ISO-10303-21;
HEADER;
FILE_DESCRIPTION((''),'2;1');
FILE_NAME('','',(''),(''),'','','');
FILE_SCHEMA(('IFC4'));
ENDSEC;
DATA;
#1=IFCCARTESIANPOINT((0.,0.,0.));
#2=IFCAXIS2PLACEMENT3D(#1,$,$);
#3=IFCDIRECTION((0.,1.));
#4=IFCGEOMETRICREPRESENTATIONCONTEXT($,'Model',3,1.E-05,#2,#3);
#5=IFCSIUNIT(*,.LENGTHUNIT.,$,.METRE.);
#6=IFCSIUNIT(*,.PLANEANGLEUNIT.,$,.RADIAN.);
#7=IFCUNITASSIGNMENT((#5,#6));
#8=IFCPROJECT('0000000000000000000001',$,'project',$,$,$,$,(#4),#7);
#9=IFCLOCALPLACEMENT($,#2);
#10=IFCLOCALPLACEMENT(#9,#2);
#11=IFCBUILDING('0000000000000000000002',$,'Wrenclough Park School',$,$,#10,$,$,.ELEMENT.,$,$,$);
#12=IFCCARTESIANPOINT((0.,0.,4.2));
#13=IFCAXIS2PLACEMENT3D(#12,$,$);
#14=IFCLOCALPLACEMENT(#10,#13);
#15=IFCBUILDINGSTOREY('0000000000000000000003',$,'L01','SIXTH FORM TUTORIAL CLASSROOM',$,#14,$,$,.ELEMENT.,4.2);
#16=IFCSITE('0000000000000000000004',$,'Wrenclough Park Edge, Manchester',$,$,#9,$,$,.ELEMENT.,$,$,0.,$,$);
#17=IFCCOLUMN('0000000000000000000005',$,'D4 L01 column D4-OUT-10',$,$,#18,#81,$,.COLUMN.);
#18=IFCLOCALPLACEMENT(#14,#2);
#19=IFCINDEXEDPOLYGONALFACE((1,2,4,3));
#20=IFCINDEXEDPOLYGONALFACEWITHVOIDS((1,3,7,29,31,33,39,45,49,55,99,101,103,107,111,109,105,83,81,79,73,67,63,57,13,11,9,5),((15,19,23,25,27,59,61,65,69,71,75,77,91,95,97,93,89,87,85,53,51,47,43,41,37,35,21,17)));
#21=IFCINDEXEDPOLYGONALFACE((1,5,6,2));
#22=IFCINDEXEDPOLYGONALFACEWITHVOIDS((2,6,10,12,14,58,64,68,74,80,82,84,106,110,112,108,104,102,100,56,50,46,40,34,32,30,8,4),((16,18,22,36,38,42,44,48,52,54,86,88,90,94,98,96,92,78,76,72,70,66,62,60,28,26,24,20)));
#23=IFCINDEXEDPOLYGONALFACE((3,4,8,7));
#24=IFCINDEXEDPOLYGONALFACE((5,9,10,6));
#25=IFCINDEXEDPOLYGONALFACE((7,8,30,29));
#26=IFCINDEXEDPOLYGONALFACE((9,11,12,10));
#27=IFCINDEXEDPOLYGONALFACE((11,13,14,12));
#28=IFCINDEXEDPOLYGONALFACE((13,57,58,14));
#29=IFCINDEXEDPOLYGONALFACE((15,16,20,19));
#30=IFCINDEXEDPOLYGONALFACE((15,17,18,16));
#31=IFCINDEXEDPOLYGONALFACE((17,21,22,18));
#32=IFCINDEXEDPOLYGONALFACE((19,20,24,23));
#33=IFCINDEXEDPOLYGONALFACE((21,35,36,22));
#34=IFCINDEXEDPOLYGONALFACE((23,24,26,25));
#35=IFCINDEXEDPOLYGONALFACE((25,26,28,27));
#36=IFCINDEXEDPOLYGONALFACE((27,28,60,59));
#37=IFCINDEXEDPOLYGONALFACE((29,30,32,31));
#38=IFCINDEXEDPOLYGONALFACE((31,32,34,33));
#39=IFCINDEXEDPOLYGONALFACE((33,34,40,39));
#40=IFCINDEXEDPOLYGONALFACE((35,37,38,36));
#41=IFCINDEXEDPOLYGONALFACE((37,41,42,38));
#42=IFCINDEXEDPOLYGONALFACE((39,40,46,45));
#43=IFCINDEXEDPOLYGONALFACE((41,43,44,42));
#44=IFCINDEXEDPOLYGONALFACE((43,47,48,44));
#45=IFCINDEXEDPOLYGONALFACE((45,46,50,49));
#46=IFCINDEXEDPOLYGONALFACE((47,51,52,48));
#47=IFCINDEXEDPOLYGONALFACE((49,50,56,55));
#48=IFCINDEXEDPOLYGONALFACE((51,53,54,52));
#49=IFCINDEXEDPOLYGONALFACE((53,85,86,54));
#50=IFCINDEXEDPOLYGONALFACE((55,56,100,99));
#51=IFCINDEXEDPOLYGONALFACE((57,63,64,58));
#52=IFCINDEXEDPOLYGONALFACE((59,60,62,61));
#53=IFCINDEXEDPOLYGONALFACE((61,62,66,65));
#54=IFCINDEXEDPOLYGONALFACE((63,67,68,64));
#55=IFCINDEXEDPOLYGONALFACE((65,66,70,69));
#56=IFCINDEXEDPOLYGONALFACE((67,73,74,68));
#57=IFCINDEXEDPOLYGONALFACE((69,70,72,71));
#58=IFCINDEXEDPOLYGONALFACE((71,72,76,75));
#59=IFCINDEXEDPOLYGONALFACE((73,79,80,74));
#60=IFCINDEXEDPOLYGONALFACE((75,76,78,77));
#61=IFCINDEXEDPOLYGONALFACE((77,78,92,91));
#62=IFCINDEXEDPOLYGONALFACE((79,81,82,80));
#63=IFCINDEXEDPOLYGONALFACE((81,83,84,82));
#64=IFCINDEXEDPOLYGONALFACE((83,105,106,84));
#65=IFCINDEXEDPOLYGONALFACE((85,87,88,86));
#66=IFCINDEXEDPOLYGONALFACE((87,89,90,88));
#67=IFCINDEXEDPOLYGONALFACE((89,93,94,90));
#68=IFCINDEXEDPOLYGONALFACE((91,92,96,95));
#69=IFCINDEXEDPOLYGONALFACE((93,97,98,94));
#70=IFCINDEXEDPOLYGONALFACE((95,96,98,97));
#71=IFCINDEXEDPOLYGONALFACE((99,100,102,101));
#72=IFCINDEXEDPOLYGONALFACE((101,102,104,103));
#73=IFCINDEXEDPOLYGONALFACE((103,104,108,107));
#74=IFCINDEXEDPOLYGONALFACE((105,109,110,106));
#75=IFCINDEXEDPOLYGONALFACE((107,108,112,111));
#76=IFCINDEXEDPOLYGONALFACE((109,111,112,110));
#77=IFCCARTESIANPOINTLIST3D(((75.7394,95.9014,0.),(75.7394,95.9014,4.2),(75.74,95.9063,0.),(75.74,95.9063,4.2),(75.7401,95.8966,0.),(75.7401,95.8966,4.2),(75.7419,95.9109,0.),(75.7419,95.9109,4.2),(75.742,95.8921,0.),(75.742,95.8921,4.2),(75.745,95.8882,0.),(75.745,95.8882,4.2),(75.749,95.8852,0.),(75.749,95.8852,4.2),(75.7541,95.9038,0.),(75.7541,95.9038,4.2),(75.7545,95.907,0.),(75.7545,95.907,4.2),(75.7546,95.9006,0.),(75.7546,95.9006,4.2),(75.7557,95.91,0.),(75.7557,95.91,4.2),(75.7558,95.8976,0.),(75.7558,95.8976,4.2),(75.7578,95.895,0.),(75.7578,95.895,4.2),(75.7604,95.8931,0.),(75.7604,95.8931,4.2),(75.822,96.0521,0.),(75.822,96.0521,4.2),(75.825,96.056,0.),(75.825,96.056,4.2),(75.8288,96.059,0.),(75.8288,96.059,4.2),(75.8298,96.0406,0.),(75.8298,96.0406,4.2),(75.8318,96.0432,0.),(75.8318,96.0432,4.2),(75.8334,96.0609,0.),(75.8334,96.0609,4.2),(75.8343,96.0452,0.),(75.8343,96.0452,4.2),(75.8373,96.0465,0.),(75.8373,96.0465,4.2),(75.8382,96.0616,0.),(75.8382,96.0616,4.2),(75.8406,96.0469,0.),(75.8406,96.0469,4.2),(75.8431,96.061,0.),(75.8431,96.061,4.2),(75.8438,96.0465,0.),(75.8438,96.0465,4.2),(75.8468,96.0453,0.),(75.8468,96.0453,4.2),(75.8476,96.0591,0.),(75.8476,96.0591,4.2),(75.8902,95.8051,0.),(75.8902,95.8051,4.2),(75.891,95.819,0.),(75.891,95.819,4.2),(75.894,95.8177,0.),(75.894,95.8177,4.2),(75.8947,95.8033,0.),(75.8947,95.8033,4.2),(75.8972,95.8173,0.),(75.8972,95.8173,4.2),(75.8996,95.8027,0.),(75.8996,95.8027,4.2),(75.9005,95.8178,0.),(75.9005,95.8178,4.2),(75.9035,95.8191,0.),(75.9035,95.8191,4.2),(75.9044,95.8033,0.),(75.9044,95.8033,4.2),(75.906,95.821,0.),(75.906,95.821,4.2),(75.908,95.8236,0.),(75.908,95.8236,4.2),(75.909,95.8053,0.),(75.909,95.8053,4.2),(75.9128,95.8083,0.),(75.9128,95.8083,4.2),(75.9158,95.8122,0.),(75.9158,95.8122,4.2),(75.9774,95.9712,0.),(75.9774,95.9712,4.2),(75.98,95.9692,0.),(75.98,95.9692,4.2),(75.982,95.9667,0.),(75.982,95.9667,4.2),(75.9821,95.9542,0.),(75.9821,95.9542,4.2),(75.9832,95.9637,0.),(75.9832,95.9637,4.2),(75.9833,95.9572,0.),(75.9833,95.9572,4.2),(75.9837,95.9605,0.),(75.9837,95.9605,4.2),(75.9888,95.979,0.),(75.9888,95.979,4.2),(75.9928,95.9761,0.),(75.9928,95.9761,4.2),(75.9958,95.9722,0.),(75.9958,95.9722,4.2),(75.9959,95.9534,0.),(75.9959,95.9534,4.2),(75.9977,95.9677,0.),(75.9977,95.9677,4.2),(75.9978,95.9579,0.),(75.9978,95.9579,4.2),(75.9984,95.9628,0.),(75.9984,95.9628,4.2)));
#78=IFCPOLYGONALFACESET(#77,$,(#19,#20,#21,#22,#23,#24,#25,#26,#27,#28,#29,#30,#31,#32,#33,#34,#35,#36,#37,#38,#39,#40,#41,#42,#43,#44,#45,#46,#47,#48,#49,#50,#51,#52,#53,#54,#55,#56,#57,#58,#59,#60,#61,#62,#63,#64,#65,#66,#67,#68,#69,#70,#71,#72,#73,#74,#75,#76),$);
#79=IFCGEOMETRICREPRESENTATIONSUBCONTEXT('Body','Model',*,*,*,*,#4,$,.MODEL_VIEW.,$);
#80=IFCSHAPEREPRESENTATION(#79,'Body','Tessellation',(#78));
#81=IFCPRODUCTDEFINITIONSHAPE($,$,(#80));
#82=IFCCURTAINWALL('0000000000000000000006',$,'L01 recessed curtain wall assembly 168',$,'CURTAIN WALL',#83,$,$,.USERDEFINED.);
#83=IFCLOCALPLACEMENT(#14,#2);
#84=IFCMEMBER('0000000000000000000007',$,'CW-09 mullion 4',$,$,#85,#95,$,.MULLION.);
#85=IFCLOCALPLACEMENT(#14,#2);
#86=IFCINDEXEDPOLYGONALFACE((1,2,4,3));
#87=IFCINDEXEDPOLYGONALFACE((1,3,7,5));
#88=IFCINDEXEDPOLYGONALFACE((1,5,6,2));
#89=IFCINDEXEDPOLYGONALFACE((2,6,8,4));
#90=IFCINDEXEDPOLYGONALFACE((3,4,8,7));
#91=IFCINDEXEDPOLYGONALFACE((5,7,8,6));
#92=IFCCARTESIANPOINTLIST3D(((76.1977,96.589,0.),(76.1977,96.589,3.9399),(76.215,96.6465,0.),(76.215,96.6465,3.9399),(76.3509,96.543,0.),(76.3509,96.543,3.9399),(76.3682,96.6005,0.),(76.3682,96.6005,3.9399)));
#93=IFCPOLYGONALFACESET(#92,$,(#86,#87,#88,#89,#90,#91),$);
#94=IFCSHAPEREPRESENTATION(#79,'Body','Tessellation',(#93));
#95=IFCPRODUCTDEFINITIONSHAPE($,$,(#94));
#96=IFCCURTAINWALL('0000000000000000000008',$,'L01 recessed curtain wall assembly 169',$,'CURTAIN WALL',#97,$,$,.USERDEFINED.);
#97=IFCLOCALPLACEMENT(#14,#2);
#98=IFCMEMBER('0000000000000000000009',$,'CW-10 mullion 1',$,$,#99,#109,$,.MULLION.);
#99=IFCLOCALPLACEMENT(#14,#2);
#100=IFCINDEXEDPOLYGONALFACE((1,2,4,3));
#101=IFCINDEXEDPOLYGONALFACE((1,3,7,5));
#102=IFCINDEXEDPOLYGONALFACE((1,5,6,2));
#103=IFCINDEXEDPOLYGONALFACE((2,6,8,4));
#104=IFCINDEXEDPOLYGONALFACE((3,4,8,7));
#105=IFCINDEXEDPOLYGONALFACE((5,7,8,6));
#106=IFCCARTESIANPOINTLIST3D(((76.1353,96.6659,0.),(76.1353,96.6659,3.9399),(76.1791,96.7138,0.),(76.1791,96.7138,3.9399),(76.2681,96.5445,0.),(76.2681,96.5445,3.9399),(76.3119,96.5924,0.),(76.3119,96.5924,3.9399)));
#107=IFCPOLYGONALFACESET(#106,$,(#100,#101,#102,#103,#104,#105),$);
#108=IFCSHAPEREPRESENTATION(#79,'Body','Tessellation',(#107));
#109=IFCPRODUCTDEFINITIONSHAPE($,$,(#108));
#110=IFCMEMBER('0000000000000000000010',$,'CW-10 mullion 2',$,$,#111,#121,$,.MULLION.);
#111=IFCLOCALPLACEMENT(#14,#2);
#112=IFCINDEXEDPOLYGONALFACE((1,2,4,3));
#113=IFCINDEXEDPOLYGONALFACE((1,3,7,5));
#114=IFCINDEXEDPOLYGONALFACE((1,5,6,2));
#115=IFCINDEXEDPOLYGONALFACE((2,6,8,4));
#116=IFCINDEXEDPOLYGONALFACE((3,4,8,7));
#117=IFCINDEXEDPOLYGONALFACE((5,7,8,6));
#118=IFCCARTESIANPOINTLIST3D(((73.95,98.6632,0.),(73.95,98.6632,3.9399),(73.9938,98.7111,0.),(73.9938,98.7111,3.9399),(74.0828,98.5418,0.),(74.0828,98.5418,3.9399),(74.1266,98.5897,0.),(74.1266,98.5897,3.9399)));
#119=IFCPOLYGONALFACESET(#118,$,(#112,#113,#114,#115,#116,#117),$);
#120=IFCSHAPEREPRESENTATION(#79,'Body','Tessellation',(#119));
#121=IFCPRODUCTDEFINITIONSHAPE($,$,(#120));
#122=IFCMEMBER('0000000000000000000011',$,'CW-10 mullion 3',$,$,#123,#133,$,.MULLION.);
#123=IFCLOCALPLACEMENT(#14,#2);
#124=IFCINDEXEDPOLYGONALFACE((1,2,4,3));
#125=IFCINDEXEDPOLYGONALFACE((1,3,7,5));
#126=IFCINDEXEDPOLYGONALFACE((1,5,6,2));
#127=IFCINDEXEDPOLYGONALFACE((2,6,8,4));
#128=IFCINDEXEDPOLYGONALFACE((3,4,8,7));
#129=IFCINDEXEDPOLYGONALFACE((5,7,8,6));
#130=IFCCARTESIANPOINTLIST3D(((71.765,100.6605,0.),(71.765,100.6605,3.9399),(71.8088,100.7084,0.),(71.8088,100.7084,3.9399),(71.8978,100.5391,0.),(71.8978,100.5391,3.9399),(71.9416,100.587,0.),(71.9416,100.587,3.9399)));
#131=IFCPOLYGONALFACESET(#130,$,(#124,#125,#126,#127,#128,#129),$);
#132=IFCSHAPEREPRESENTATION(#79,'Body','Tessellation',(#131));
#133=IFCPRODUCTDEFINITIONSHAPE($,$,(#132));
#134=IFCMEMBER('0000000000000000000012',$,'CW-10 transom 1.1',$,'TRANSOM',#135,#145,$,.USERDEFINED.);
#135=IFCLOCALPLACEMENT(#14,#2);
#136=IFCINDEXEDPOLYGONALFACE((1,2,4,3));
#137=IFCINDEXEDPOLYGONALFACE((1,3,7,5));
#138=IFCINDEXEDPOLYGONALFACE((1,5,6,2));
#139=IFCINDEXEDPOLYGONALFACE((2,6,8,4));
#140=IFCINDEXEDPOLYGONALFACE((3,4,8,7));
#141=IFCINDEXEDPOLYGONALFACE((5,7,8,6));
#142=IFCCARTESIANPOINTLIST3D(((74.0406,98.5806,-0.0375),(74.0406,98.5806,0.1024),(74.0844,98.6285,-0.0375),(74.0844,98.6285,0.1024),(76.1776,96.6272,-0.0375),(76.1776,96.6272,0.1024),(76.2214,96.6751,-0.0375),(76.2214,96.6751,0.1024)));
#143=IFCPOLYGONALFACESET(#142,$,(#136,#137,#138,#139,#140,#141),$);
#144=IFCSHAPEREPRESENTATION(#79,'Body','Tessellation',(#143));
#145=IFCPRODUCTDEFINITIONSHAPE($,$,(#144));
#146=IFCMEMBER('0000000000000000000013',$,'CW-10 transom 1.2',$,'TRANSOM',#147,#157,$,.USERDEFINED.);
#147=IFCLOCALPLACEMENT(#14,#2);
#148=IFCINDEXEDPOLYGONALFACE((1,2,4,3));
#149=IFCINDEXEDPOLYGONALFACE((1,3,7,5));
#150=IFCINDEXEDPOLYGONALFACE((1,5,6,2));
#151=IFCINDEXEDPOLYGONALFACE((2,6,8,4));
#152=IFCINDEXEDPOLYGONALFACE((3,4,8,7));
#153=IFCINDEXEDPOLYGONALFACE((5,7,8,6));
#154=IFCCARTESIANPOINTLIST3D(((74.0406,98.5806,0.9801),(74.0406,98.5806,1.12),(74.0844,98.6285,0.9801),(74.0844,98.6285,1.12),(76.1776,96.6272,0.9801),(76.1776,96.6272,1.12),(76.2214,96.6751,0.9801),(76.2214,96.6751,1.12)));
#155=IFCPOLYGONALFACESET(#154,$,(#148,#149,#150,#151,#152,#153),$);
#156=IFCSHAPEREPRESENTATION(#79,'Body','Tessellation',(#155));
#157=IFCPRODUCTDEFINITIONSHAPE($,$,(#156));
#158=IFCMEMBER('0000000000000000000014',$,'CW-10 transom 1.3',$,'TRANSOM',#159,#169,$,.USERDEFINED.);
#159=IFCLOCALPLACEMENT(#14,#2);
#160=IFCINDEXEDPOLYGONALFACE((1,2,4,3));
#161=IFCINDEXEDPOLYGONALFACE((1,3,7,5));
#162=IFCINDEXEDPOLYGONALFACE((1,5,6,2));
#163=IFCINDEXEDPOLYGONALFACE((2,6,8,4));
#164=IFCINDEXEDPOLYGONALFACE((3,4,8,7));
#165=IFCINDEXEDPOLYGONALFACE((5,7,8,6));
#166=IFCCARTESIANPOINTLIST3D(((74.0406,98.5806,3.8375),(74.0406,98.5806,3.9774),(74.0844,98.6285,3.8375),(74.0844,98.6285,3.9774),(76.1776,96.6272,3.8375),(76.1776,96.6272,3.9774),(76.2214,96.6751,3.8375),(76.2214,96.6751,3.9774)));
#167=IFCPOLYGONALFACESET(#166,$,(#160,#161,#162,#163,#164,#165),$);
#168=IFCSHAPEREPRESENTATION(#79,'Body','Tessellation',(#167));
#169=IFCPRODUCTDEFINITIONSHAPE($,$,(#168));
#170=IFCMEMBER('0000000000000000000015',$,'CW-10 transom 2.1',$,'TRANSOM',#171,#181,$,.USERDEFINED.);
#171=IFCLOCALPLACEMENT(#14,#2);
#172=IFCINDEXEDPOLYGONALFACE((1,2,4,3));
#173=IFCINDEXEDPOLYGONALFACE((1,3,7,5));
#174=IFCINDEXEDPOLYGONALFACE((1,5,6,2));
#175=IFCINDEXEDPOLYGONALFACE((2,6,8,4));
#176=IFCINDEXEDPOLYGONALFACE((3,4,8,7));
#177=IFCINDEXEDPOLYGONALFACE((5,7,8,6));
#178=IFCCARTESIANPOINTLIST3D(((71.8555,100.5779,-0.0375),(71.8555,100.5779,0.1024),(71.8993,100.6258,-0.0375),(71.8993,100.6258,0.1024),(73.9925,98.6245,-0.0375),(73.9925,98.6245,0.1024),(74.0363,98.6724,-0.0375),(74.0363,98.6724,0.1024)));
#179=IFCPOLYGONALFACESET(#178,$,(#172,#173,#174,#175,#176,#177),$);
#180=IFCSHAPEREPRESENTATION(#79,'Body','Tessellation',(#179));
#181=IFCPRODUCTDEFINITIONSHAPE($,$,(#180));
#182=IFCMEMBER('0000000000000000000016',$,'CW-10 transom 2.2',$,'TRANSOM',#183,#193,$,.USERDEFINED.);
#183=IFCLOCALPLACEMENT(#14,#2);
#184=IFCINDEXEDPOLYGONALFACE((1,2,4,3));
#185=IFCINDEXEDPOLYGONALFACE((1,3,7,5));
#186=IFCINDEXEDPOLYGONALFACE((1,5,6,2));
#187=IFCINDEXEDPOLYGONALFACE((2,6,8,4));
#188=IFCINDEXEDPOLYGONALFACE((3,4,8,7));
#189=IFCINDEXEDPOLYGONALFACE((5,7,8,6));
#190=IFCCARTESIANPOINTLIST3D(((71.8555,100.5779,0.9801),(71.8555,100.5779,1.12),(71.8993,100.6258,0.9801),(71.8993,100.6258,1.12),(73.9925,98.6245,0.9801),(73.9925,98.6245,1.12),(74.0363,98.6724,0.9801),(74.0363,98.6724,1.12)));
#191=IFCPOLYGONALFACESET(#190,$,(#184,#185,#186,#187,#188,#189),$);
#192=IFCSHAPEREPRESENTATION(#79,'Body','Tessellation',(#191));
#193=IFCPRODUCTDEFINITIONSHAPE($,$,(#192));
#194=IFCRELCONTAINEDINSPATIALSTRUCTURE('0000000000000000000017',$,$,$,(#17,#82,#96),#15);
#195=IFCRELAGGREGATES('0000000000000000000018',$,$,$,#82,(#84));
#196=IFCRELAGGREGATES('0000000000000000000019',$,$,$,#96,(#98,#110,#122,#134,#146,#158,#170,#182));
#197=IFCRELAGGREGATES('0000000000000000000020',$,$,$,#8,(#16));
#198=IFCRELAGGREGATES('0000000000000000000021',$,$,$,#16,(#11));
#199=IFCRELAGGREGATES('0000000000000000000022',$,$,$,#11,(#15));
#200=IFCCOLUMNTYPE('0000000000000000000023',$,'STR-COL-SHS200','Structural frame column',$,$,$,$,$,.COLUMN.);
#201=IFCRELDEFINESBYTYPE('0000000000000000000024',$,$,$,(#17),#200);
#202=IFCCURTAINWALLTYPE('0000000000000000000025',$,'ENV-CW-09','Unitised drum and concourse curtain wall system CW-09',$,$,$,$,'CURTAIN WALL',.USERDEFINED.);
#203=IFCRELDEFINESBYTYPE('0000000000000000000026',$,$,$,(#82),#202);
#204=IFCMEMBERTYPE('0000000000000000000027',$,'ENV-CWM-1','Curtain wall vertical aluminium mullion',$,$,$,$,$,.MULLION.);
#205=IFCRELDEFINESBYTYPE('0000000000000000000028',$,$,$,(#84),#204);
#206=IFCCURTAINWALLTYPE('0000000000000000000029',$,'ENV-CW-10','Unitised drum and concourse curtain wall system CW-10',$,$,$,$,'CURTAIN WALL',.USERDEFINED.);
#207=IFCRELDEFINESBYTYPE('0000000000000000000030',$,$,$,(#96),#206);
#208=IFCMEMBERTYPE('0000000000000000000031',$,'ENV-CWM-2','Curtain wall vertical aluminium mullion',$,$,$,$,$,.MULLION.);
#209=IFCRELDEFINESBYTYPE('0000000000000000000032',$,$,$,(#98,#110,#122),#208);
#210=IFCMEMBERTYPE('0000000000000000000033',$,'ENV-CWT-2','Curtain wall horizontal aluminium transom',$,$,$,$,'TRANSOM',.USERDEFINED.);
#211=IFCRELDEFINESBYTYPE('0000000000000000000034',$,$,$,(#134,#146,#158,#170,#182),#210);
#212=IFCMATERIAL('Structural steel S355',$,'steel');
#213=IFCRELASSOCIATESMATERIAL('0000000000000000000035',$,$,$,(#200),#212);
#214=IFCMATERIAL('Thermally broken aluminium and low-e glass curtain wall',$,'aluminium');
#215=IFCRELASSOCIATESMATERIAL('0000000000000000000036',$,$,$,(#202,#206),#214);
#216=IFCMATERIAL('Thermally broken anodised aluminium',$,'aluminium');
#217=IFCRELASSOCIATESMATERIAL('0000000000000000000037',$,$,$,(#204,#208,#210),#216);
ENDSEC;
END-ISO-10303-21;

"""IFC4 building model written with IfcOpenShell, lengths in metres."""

from ifc_helpers import new_model, si_unit, direction, frame, origin, origin_2d, place, context, subcontext, project, spatial, rectangle, hollow_rectangle, extrude, material, material_profile, profile_set, type_object, element, aggregate, save


model = new_model("IFC4")

# Units and contexts
model_context = context("Model", 3, precision=1e-05, world=origin(), true_north=direction((0.0, 1.0)))
body_context = subcontext(model_context, "Body", "Model", "MODEL_VIEW")
ifc_project = project(units=[si_unit("LENGTHUNIT", "METRE"), si_unit("PLANEANGLEUNIT", "RADIAN")], contexts=[model_context])

# Site, building, storey
site_placement = place(None, origin())
site = spatial("IfcSite", under=ifc_project, at=site_placement, Name="Wrenclough Park Edge, Manchester", CompositionType="ELEMENT", RefElevation=0.0)
building_placement = place(site_placement, origin())
building = spatial("IfcBuilding", under=site, at=building_placement, Name="Wrenclough Park School", CompositionType="ELEMENT")
storey_placement = place(building_placement, frame((0.0, 0.0, 4.2)))
storey = spatial("IfcBuildingStorey", under=building, at=storey_placement, Name="L01", Description="SIXTH FORM TUTORIAL CLASSROOM", CompositionType="ELEMENT", Elevation=4.2)

# Column
ifc_material_1 = material(Name="Structural steel S355", Category="steel")
ifc_material_profile_1 = material_profile(ifc_material_1, hollow_rectangle(XDim=0.2, YDim=0.2, WallThickness=0.0125, InnerFilletRadius=0.0125, OuterFilletRadius=0.0188, at=origin_2d()), Name="SHS 200x200x12.5")
ifc_profile_set_1 = profile_set([ifc_material_profile_1], Name="Structural steel S355")
column_type = type_object("IfcColumnType", Name="STR-COL-SHS200", Description="Structural frame column", PredefinedType="COLUMN", material=ifc_profile_set_1)
column_placement = place(storey_placement, frame((75.8689, 95.9321, 0.0), z_axis=(0.0, 0.0, 1.0), x_axis=(0.869753, -0.493487, 0.0)))
element("IfcColumn", 1, at=column_placement, inside=storey, type_object=column_type, Name="D4 L01 column D4-OUT-10", PredefinedType="COLUMN", context=body_context, shape_type="SweptSolid", body=[
    extrude(hollow_rectangle(XDim=0.2, YDim=0.2, WallThickness=0.0125, InnerFilletRadius=0.0125, OuterFilletRadius=0.0188, at=origin_2d()), origin(), (0.0, 0.0, 1.0), 4.2),
])

# Curtain wall, member
ifc_material_2 = material(Name="Thermally broken aluminium and low-e glass curtain wall", Category="aluminium")
curtain_wall_type_1 = type_object("IfcCurtainWallType", Name="ENV-CW-09", Description="Unitised drum and concourse curtain wall system CW-09", ElementType="CURTAIN WALL", PredefinedType="USERDEFINED", material=ifc_material_2)
curtain_wall_1_placement = place(storey_placement, origin())
curtain_wall_1 = element("IfcCurtainWall", 2, at=curtain_wall_1_placement, inside=storey, type_object=curtain_wall_type_1, Name="L01 recessed curtain wall assembly 168", ObjectType="CURTAIN WALL", PredefinedType="USERDEFINED")
ifc_material_3 = material(Name="Thermally broken anodised aluminium", Category="aluminium")
ifc_material_profile_2 = material_profile(ifc_material_3, rectangle(XDim=0.0601, YDim=0.1599, at=origin_2d()), Name="AL MULLION 60x160")
ifc_profile_set_2 = profile_set([ifc_material_profile_2], Name="Thermally broken anodised aluminium")
member_type_1 = type_object("IfcMemberType", Name="ENV-CWM-1", Description="Curtain wall vertical aluminium mullion", PredefinedType="MULLION", material=ifc_profile_set_2)
member_1_placement = place(storey_placement, frame((76.283, 96.5947, 0.0), z_axis=(0.0, 0.0, 1.0), x_axis=(-0.287583, -0.957756, 0.0)))
member_1 = element("IfcMember", 3, at=member_1_placement, type_object=member_type_1, Name="CW-09 mullion 4", PredefinedType="MULLION", context=body_context, shape_type="SweptSolid", body=[
    extrude(rectangle(XDim=0.0601, YDim=0.1599, at=origin_2d()), origin(), (0.0, 0.0, 1.0), 3.9399),
])

# Curtain wall, members
curtain_wall_type_2 = type_object("IfcCurtainWallType", Name="ENV-CW-10", Description="Unitised drum and concourse curtain wall system CW-10", ElementType="CURTAIN WALL", PredefinedType="USERDEFINED", material=ifc_material_2)
curtain_wall_2_placement = place(storey_placement, origin())
curtain_wall_2 = element("IfcCurtainWall", 4, at=curtain_wall_2_placement, inside=storey, type_object=curtain_wall_type_2, Name="L01 recessed curtain wall assembly 169", ObjectType="CURTAIN WALL", PredefinedType="USERDEFINED")
ifc_material_profile_3 = material_profile(ifc_material_3, rectangle(XDim=0.0649, YDim=0.1799, at=origin_2d()), Name="AL MULLION 65x180")
ifc_profile_set_3 = profile_set([ifc_material_profile_3], Name="Thermally broken anodised aluminium")
member_type_2 = type_object("IfcMemberType", Name="ENV-CWM-2", Description="Curtain wall vertical aluminium mullion", PredefinedType="MULLION", material=ifc_profile_set_3)
member_2_placement = place(storey_placement, frame((76.2236, 96.6292, 0.0), z_axis=(0.0, 0.0, 1.0), x_axis=(-0.674669, -0.738121, 0.0)))
member_2 = element("IfcMember", 5, at=member_2_placement, type_object=member_type_2, Name="CW-10 mullion 1", PredefinedType="MULLION", context=body_context, shape_type="SweptSolid", body=[
    extrude(rectangle(XDim=0.0649, YDim=0.1799, at=origin_2d()), origin(), (0.0, 0.0, 1.0), 3.9399),
])
member_3_placement = place(storey_placement, frame((74.0383, 98.6265, 0.0), z_axis=(0.0, 0.0, 1.0), x_axis=(-0.674669, -0.738121, 0.0)))
member_3 = element("IfcMember", 6, at=member_3_placement, type_object=member_type_2, Name="CW-10 mullion 2", PredefinedType="MULLION", context=body_context, shape_type="SweptSolid", body=[
    extrude(rectangle(XDim=0.0649, YDim=0.1799, at=origin_2d()), origin(), (0.0, 0.0, 1.0), 3.9399),
])
member_4_placement = place(storey_placement, frame((71.8533, 100.6238, 0.0), z_axis=(0.0, 0.0, 1.0), x_axis=(-0.674669, -0.738121, 0.0)))
member_4 = element("IfcMember", 7, at=member_4_placement, type_object=member_type_2, Name="CW-10 mullion 3", PredefinedType="MULLION", context=body_context, shape_type="SweptSolid", body=[
    extrude(rectangle(XDim=0.0649, YDim=0.1799, at=origin_2d()), origin(), (0.0, 0.0, 1.0), 3.9399),
])
ifc_material_profile_4 = material_profile(ifc_material_3, rectangle(XDim=0.0649, YDim=0.1399, at=origin_2d()), Name="AL TRANSOM 65x140")
ifc_profile_set_4 = profile_set([ifc_material_profile_4], Name="Thermally broken anodised aluminium")
member_type_3 = type_object("IfcMemberType", Name="ENV-CWT-2", Description="Curtain wall horizontal aluminium transom", ElementType="TRANSOM", PredefinedType="USERDEFINED", material=ifc_profile_set_4)
member_5_placement = place(storey_placement, frame((76.1995, 96.6511, 0.0325), z_axis=(-0.738102, 0.674689, 0.0), x_axis=(-0.674689, -0.738102, 0.0)))
member_5 = element("IfcMember", 8, at=member_5_placement, type_object=member_type_3, Name="CW-10 transom 1.1", ObjectType="TRANSOM", PredefinedType="USERDEFINED", context=body_context, shape_type="SweptSolid", body=[
    extrude(rectangle(XDim=0.0649, YDim=0.1399, at=origin_2d()), origin(), (0.0, 0.0, 1.0), 2.8953),
])
member_6_placement = place(storey_placement, frame((76.1995, 96.6511, 1.05), z_axis=(-0.738102, 0.674689, 0.0), x_axis=(-0.674689, -0.738102, 0.0)))
member_6 = element("IfcMember", 9, at=member_6_placement, type_object=member_type_3, Name="CW-10 transom 1.2", ObjectType="TRANSOM", PredefinedType="USERDEFINED", context=body_context, shape_type="SweptSolid", body=[
    extrude(rectangle(XDim=0.0649, YDim=0.1399, at=origin_2d()), origin(), (0.0, 0.0, 1.0), 2.8953),
])
member_7_placement = place(storey_placement, frame((76.1995, 96.6511, 3.9075), z_axis=(-0.738102, 0.674689, 0.0), x_axis=(-0.674689, -0.738102, 0.0)))
member_7 = element("IfcMember", 10, at=member_7_placement, type_object=member_type_3, Name="CW-10 transom 1.3", ObjectType="TRANSOM", PredefinedType="USERDEFINED", context=body_context, shape_type="SweptSolid", body=[
    extrude(rectangle(XDim=0.0649, YDim=0.1399, at=origin_2d()), origin(), (0.0, 0.0, 1.0), 2.8953),
])
member_8_placement = place(storey_placement, frame((74.0144, 98.6484, 0.0325), z_axis=(-0.738102, 0.674689, 0.0), x_axis=(-0.674689, -0.738102, 0.0)))
member_8 = element("IfcMember", 11, at=member_8_placement, type_object=member_type_3, Name="CW-10 transom 2.1", ObjectType="TRANSOM", PredefinedType="USERDEFINED", context=body_context, shape_type="SweptSolid", body=[
    extrude(rectangle(XDim=0.0649, YDim=0.1399, at=origin_2d()), origin(), (0.0, 0.0, 1.0), 2.8953),
])
member_9_placement = place(storey_placement, frame((74.0144, 98.6484, 1.05), z_axis=(-0.738102, 0.674689, 0.0), x_axis=(-0.674689, -0.738102, 0.0)))
member_9 = element("IfcMember", 12, at=member_9_placement, type_object=member_type_3, Name="CW-10 transom 2.2", ObjectType="TRANSOM", PredefinedType="USERDEFINED", context=body_context, shape_type="SweptSolid", body=[
    extrude(rectangle(XDim=0.0649, YDim=0.1399, at=origin_2d()), origin(), (0.0, 0.0, 1.0), 2.8953),
])

aggregate(curtain_wall_1, [member_1])
aggregate(curtain_wall_2, [member_2, member_3, member_4, member_5, member_6, member_7, member_8, member_9])

save(model, "model.ifc")
